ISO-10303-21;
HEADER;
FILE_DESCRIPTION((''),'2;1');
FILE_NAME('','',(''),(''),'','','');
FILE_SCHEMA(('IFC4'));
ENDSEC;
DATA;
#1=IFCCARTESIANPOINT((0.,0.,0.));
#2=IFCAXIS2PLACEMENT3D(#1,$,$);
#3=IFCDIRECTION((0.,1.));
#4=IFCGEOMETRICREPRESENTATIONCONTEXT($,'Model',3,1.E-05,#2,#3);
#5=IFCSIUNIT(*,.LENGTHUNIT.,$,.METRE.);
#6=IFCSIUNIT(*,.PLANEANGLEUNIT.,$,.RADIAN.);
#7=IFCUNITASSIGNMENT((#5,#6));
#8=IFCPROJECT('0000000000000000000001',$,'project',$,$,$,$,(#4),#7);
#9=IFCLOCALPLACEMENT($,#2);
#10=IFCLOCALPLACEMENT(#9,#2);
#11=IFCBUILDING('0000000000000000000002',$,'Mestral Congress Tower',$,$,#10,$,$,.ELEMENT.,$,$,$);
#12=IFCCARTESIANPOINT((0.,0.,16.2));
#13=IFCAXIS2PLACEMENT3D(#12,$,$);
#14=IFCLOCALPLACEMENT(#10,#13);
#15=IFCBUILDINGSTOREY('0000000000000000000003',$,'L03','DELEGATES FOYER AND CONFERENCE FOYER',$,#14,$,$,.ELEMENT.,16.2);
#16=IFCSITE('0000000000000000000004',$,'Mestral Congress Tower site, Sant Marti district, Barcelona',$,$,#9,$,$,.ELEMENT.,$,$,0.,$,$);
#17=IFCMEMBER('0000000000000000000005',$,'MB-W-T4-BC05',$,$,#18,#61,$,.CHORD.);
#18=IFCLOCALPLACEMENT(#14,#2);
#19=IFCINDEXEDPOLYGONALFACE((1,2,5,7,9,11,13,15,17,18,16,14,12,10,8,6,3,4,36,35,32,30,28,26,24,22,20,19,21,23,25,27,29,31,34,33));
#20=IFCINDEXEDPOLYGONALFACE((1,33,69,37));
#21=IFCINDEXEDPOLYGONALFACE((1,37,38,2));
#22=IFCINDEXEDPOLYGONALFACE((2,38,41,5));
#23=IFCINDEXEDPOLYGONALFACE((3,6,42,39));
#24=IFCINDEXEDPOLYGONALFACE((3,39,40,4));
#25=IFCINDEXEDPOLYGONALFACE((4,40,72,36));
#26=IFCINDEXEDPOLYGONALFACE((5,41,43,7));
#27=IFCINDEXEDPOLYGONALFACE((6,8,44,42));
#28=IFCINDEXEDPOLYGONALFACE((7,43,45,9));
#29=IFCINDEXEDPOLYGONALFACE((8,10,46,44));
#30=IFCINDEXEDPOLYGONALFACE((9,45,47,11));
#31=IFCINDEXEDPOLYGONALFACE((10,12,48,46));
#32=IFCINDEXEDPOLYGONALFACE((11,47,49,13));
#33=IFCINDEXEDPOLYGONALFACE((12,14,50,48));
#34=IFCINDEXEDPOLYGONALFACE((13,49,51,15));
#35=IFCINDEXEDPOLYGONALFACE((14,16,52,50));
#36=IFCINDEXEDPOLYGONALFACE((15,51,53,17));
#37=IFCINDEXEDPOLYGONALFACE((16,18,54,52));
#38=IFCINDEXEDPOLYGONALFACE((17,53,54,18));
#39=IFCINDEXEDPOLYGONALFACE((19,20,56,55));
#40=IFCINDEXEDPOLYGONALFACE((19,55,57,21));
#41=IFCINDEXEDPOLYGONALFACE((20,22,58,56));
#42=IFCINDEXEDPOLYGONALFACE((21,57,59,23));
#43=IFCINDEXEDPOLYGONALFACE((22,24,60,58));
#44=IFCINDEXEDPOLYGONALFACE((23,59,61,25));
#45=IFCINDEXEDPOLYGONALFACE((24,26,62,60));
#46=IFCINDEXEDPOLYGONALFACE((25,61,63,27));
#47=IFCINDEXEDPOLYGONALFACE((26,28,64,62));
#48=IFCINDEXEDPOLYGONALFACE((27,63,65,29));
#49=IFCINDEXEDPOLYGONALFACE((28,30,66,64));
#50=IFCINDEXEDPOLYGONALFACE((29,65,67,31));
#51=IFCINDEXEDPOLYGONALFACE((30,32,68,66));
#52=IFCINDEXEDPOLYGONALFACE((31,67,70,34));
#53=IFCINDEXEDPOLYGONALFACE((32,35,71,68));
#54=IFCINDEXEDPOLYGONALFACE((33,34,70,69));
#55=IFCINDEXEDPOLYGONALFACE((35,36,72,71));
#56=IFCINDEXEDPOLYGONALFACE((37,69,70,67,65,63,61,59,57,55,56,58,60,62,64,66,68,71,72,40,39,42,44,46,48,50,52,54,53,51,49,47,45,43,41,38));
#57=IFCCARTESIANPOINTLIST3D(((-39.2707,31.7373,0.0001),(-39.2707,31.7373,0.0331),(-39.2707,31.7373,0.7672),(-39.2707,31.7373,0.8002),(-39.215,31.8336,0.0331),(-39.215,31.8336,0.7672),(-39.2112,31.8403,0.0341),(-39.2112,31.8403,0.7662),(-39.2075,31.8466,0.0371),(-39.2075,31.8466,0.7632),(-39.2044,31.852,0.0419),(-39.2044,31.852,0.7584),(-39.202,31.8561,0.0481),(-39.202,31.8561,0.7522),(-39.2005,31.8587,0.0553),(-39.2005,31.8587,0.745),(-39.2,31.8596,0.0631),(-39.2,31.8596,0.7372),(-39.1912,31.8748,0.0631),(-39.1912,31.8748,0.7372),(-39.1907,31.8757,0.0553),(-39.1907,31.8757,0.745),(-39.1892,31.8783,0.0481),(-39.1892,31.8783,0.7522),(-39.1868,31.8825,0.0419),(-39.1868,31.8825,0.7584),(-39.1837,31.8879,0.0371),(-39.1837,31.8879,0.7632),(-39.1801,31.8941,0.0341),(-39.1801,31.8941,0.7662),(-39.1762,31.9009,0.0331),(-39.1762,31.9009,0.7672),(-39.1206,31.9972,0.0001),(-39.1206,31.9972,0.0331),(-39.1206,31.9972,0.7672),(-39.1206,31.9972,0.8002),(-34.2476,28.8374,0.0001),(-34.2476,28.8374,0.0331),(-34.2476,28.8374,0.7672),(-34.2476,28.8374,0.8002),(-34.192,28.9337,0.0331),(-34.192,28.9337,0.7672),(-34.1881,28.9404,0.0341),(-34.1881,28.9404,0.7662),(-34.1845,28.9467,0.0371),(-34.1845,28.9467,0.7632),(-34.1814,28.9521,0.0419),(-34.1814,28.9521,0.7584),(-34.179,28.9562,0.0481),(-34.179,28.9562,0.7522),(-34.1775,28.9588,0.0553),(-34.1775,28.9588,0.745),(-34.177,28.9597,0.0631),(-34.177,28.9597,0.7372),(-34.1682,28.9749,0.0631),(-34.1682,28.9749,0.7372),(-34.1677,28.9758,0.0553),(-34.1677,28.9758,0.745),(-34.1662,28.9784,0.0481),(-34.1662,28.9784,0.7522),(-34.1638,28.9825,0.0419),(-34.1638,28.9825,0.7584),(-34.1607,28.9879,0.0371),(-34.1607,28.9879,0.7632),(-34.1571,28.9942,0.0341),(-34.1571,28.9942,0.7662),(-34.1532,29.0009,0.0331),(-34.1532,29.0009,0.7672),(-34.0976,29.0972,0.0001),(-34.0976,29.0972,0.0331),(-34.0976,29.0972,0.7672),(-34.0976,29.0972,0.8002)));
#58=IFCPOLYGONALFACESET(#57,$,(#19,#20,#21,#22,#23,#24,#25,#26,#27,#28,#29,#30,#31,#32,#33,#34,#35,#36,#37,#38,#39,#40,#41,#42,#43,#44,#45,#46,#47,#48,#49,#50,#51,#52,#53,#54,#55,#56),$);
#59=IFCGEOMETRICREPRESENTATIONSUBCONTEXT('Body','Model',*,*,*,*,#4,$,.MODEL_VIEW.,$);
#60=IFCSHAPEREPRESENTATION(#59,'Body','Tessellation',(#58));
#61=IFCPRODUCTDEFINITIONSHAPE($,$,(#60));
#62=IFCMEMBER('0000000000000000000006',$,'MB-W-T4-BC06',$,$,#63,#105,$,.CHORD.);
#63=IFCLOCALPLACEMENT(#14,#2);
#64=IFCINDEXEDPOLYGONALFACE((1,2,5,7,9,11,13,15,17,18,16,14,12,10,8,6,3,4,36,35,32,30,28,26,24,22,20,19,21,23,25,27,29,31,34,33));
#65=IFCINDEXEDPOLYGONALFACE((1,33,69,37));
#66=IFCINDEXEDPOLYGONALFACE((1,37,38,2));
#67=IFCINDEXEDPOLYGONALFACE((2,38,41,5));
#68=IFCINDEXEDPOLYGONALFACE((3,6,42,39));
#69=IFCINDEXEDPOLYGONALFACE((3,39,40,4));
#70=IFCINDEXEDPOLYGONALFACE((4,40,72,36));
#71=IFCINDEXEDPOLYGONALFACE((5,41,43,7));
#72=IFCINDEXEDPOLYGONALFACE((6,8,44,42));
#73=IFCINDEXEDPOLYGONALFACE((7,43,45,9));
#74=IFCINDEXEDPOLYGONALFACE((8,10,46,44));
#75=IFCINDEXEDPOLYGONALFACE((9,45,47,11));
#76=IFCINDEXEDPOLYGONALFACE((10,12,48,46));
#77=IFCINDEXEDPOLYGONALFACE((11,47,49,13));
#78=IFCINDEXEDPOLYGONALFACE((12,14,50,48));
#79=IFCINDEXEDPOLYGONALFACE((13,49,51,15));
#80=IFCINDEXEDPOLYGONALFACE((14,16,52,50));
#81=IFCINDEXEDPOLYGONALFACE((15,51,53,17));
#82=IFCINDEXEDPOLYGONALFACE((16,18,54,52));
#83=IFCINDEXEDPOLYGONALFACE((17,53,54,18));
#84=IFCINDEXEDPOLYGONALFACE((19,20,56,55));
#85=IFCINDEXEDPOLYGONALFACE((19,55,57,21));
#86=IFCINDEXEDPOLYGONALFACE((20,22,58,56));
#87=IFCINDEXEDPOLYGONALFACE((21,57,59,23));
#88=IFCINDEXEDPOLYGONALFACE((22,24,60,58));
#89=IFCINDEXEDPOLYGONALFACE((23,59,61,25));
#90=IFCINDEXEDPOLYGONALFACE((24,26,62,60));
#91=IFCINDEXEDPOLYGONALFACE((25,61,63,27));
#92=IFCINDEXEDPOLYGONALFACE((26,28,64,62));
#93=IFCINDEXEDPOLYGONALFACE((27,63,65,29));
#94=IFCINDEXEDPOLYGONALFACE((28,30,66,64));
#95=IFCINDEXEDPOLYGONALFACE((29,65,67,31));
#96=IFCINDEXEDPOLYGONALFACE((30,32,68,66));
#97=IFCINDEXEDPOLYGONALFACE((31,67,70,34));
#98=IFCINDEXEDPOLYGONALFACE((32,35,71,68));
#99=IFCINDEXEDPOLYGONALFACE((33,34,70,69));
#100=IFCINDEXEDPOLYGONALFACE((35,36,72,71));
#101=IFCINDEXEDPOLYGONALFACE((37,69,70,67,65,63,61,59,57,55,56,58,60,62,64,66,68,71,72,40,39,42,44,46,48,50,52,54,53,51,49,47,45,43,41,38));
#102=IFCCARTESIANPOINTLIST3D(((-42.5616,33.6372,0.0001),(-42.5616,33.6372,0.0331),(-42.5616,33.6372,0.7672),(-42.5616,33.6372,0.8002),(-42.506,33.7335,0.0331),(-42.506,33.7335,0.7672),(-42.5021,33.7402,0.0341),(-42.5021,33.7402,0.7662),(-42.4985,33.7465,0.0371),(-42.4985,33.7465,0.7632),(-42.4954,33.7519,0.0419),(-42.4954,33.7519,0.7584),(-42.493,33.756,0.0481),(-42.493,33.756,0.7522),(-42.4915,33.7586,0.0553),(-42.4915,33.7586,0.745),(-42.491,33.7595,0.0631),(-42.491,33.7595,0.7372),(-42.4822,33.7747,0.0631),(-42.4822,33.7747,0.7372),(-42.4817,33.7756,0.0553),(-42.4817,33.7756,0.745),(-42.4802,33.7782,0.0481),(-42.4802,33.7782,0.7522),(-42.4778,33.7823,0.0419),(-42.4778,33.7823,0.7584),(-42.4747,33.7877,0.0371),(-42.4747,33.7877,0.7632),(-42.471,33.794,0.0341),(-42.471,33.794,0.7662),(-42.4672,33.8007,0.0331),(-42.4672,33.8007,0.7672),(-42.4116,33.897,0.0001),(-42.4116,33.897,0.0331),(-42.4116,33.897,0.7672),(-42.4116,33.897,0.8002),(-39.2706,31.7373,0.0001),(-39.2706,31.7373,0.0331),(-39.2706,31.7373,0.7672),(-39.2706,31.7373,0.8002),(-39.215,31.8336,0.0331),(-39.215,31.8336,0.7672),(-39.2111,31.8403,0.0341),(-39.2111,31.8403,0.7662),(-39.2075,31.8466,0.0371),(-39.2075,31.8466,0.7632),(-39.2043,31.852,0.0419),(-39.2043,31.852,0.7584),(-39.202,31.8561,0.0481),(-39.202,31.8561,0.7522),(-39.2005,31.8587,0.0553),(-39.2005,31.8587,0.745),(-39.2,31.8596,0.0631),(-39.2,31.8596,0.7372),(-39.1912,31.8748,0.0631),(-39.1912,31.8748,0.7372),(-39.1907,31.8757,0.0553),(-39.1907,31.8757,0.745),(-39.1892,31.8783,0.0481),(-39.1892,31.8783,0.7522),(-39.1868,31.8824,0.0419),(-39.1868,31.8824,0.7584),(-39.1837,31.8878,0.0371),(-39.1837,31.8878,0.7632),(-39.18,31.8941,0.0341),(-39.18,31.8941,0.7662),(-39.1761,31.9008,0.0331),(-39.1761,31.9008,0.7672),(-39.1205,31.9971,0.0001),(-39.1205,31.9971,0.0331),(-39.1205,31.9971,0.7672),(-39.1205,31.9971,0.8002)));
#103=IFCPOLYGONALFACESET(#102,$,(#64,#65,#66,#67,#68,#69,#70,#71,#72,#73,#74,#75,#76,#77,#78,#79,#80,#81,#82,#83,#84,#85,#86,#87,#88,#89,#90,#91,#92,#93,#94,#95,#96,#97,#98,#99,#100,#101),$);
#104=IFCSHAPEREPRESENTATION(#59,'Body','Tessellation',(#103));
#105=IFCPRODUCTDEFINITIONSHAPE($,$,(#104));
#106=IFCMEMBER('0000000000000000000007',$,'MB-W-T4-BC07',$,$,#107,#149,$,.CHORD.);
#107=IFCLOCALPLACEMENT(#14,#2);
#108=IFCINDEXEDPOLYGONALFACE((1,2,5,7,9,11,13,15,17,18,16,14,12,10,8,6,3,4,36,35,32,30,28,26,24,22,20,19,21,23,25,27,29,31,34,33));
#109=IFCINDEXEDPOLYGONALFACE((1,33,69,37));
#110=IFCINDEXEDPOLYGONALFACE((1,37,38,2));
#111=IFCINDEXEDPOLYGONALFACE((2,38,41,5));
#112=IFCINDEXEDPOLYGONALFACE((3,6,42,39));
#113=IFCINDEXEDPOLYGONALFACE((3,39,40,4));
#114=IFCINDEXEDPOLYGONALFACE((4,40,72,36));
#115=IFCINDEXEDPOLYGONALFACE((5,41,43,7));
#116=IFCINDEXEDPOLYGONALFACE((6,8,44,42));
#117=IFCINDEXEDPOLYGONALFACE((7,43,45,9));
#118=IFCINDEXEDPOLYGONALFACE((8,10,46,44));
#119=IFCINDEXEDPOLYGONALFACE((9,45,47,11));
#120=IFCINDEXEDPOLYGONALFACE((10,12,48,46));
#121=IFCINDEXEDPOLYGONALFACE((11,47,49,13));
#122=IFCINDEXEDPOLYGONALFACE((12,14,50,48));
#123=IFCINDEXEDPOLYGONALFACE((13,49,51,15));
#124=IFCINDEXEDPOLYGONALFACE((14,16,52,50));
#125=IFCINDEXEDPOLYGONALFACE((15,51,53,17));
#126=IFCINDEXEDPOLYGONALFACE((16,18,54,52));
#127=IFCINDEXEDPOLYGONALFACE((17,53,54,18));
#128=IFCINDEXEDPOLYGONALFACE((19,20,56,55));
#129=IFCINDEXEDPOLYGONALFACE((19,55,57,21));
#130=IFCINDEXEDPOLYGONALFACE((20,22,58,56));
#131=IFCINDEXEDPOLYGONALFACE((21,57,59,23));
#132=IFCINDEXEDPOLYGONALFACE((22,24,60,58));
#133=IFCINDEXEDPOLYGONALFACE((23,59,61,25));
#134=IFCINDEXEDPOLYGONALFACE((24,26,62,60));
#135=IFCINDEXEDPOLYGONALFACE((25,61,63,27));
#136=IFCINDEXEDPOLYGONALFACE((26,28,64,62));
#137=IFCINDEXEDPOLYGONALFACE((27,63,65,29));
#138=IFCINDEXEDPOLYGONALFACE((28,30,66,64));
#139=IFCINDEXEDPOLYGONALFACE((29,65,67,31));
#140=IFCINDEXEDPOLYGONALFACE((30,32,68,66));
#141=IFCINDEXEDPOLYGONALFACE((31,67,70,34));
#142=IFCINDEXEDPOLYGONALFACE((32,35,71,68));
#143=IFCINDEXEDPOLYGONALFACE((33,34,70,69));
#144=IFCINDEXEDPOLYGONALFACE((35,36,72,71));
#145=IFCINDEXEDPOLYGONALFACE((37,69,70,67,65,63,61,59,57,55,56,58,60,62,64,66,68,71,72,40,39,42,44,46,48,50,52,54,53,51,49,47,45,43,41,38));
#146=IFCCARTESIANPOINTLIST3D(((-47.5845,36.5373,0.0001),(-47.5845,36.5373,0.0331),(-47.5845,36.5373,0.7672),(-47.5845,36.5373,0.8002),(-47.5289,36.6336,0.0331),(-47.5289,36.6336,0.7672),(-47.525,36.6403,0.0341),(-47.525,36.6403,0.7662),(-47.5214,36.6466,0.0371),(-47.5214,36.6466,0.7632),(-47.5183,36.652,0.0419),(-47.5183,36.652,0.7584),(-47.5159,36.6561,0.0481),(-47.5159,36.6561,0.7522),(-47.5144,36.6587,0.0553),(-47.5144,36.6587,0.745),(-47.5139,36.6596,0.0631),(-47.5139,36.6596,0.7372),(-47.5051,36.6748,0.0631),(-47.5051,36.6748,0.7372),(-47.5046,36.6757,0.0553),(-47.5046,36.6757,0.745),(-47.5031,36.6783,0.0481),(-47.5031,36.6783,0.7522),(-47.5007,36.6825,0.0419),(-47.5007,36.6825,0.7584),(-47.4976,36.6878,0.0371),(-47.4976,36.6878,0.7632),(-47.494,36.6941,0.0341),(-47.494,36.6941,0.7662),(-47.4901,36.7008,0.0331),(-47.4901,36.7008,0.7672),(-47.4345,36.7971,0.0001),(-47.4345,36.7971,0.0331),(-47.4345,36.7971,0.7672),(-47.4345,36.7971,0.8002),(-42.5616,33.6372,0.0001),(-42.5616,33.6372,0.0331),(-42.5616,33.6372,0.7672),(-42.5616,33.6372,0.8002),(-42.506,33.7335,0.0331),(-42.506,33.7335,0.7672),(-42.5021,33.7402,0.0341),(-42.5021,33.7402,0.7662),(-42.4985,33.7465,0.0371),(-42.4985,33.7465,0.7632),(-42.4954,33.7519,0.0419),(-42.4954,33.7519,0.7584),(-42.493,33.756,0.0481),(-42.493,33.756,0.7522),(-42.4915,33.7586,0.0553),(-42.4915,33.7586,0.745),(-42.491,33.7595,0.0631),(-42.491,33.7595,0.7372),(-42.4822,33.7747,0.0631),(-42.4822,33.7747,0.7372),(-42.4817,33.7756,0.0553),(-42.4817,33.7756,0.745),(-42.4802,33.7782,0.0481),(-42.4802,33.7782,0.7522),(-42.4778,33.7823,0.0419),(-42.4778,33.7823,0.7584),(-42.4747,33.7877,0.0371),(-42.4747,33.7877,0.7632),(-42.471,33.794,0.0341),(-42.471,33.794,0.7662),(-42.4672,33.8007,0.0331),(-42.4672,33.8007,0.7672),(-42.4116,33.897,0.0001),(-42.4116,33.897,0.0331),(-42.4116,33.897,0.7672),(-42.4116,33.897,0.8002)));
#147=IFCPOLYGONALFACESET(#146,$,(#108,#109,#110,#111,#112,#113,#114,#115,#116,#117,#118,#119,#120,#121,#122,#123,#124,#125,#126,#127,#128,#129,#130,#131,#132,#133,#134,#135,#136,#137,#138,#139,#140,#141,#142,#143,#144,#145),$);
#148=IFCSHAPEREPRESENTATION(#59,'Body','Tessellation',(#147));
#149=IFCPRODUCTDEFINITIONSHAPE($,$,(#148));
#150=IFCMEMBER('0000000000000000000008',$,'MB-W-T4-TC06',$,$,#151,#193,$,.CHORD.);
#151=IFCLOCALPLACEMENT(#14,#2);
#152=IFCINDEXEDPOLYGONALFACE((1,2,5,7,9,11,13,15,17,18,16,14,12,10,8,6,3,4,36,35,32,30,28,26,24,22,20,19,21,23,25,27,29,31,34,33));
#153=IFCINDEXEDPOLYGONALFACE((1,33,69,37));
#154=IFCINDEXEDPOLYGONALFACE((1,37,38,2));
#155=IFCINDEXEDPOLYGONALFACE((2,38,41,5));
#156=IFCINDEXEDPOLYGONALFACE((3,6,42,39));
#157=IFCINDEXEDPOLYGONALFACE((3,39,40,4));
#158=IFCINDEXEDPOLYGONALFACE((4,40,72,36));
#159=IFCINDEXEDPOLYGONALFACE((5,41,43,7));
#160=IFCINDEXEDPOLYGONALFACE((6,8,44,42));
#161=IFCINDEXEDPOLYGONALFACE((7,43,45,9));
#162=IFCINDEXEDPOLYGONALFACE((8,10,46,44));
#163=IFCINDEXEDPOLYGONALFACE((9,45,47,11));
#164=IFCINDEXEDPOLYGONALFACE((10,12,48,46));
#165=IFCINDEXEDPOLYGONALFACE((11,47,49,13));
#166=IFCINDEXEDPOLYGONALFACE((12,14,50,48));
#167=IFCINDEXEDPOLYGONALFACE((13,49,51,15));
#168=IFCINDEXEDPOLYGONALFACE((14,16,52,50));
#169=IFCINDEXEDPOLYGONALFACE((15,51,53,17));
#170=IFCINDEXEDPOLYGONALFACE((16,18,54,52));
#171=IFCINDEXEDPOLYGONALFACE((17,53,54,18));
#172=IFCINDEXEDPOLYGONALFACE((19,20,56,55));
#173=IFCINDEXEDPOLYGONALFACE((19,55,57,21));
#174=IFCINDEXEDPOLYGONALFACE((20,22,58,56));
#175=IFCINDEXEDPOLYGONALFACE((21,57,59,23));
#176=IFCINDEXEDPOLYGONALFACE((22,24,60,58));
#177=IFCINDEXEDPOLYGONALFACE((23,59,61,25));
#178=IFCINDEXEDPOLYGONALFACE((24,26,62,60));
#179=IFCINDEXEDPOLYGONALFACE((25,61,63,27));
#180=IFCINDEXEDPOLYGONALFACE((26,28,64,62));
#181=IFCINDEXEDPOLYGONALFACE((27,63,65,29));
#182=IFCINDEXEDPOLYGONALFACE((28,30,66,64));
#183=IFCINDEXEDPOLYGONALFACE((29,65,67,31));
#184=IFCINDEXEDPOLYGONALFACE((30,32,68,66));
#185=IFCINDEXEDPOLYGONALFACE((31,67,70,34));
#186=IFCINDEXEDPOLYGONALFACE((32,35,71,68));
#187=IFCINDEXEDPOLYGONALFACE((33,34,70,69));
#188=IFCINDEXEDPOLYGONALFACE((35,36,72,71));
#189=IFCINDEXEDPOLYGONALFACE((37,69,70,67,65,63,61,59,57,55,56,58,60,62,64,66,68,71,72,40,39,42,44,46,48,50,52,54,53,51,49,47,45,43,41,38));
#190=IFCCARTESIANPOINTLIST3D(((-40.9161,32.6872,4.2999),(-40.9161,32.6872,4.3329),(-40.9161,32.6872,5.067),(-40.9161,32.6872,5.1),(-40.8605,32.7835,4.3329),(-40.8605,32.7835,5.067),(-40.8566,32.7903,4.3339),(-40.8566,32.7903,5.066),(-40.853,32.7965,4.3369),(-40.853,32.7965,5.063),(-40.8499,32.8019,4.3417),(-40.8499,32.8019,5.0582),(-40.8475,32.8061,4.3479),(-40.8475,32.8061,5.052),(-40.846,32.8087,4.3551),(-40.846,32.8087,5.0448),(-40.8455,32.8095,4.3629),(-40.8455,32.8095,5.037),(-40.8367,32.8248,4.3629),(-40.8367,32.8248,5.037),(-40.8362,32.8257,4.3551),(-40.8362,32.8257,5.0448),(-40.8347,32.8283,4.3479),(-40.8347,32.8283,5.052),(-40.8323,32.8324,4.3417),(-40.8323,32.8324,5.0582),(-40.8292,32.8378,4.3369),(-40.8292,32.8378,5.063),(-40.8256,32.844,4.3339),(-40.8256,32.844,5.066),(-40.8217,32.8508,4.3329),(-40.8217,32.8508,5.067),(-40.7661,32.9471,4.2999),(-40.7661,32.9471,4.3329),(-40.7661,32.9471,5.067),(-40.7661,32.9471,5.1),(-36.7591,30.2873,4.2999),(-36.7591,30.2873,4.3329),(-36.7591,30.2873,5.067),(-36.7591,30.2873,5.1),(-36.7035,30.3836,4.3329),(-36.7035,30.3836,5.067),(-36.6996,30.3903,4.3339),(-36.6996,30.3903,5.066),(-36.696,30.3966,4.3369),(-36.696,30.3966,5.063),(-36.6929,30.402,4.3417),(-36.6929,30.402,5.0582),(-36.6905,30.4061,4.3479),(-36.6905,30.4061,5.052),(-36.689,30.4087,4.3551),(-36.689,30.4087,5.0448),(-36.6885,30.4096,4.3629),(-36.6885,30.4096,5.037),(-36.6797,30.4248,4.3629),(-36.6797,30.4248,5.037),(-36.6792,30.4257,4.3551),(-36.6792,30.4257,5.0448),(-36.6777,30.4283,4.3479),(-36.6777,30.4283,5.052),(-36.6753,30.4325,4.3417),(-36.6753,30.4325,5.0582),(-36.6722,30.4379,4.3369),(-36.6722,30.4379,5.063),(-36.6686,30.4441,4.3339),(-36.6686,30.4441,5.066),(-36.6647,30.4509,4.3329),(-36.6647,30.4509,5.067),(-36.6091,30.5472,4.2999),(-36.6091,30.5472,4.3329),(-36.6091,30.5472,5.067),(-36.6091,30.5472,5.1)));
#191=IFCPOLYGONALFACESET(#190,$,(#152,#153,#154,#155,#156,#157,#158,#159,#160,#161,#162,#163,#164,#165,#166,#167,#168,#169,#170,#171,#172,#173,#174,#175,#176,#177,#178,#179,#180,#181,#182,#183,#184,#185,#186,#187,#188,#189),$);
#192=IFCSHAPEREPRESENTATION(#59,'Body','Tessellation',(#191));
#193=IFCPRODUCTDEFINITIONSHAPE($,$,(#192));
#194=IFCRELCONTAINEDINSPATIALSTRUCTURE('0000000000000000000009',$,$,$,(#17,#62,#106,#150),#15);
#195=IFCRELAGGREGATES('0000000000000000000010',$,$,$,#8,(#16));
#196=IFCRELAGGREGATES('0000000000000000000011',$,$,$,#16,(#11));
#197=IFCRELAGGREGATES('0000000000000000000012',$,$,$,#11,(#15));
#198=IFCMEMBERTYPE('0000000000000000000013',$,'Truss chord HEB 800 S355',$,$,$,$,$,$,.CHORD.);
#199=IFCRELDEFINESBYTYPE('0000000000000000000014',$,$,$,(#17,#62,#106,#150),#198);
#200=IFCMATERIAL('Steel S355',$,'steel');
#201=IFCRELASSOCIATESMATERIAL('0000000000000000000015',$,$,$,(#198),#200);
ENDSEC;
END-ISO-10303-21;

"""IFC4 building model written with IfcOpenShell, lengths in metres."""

from ifc_helpers import new_model, si_unit, direction, frame, origin, origin_2d, place, context, subcontext, project, spatial, i_section, extrude, material, material_profile, profile_set, type_object, element, save


model = new_model("IFC4")

# Units and contexts
model_context = context("Model", 3, precision=1e-05, world=origin(), true_north=direction((0.0, 1.0)))
body_context = subcontext(model_context, "Body", "Model", "MODEL_VIEW")
ifc_project = project(units=[si_unit("LENGTHUNIT", "METRE"), si_unit("PLANEANGLEUNIT", "RADIAN")], contexts=[model_context])

# Site, building, storey
site_placement = place(None, origin())
site = spatial("IfcSite", under=ifc_project, at=site_placement, Name="Mestral Congress Tower site, Sant Marti district, Barcelona", CompositionType="ELEMENT", RefElevation=0.0)
building_placement = place(site_placement, origin())
building = spatial("IfcBuilding", under=site, at=building_placement, Name="Mestral Congress Tower", CompositionType="ELEMENT")
storey_placement = place(building_placement, frame((0.0, 0.0, 16.2)))
storey = spatial("IfcBuildingStorey", under=building, at=storey_placement, Name="L03", Description="DELEGATES FOYER AND CONFERENCE FOYER", CompositionType="ELEMENT", Elevation=16.2)

# Members
ifc_material = material(Name="Steel S355", Category="steel")
ifc_material_profile_1 = material_profile(ifc_material, i_section(OverallWidth=0.3, OverallDepth=0.8, WebThickness=0.0176, FlangeThickness=0.033, FilletRadius=0.03, at=origin_2d()), Name="HEB 800")
ifc_profile_set_1 = profile_set([ifc_material_profile_1], Name="Steel S355")
member_type_1 = type_object("IfcMemberType", Name="Truss chord HEB 800 S355", PredefinedType="CHORD", material=ifc_profile_set_1)
member_1_placement = place(storey_placement, frame((-34.1726, 28.9673, 0.4001), z_axis=(-0.866033, 0.499987, 0.0), x_axis=(-0.499987, -0.866033, 0.0)))
element("IfcMember", 1, at=member_1_placement, inside=storey, type_object=member_type_1, Name="MB-W-T4-BC05", PredefinedType="CHORD", context=body_context, shape_type="SweptSolid", body=[
    extrude(i_section(OverallWidth=0.3, OverallDepth=0.8, WebThickness=0.0176, FlangeThickness=0.033, FilletRadius=0.03, at=origin_2d()), origin(), (0.0, 0.0, 1.0), 5.8),
])
member_2_placement = place(storey_placement, frame((-39.1956, 31.8672, 0.4001), z_axis=(-0.866044, 0.499967, 0.0), x_axis=(-0.499967, -0.866044, 0.0)))
element("IfcMember", 2, at=member_2_placement, inside=storey, type_object=member_type_1, Name="MB-W-T4-BC06", PredefinedType="CHORD", context=body_context, shape_type="SweptSolid", body=[
    extrude(i_section(OverallWidth=0.3, OverallDepth=0.8, WebThickness=0.0176, FlangeThickness=0.033, FilletRadius=0.03, at=origin_2d()), origin(), (0.0, 0.0, 1.0), 3.8),
])
member_3_placement = place(storey_placement, frame((-42.4866, 33.7671, 0.4001), z_axis=(-0.866015, 0.500019, 0.0), x_axis=(-0.500019, -0.866015, 0.0)))
element("IfcMember", 3, at=member_3_placement, inside=storey, type_object=member_type_1, Name="MB-W-T4-BC07", PredefinedType="CHORD", context=body_context, shape_type="SweptSolid", body=[
    extrude(i_section(OverallWidth=0.3, OverallDepth=0.8, WebThickness=0.0176, FlangeThickness=0.033, FilletRadius=0.03, at=origin_2d()), origin(), (0.0, 0.0, 1.0), 5.8),
])
for number, where, z_axis, x_axis, name in (
    (4, (-36.6841, 30.4172, 4.7), (-0.866037, 0.499979, 0.0), (-0.499979, -0.866037, 0.0), "MB-W-T4-TC06"),
):
    element("IfcMember", number, at=place(storey_placement, frame(where, z_axis=z_axis, x_axis=x_axis)), inside=storey, type_object=member_type_1, Name=name, PredefinedType="CHORD", context=body_context, shape_type="SweptSolid", body=[
        extrude(i_section(OverallWidth=0.3, OverallDepth=0.8, WebThickness=0.0176, FlangeThickness=0.033, FilletRadius=0.03, at=origin_2d()), origin(), (0.0, 0.0, 1.0), 4.8),
    ])

save(model, "model.ifc")
